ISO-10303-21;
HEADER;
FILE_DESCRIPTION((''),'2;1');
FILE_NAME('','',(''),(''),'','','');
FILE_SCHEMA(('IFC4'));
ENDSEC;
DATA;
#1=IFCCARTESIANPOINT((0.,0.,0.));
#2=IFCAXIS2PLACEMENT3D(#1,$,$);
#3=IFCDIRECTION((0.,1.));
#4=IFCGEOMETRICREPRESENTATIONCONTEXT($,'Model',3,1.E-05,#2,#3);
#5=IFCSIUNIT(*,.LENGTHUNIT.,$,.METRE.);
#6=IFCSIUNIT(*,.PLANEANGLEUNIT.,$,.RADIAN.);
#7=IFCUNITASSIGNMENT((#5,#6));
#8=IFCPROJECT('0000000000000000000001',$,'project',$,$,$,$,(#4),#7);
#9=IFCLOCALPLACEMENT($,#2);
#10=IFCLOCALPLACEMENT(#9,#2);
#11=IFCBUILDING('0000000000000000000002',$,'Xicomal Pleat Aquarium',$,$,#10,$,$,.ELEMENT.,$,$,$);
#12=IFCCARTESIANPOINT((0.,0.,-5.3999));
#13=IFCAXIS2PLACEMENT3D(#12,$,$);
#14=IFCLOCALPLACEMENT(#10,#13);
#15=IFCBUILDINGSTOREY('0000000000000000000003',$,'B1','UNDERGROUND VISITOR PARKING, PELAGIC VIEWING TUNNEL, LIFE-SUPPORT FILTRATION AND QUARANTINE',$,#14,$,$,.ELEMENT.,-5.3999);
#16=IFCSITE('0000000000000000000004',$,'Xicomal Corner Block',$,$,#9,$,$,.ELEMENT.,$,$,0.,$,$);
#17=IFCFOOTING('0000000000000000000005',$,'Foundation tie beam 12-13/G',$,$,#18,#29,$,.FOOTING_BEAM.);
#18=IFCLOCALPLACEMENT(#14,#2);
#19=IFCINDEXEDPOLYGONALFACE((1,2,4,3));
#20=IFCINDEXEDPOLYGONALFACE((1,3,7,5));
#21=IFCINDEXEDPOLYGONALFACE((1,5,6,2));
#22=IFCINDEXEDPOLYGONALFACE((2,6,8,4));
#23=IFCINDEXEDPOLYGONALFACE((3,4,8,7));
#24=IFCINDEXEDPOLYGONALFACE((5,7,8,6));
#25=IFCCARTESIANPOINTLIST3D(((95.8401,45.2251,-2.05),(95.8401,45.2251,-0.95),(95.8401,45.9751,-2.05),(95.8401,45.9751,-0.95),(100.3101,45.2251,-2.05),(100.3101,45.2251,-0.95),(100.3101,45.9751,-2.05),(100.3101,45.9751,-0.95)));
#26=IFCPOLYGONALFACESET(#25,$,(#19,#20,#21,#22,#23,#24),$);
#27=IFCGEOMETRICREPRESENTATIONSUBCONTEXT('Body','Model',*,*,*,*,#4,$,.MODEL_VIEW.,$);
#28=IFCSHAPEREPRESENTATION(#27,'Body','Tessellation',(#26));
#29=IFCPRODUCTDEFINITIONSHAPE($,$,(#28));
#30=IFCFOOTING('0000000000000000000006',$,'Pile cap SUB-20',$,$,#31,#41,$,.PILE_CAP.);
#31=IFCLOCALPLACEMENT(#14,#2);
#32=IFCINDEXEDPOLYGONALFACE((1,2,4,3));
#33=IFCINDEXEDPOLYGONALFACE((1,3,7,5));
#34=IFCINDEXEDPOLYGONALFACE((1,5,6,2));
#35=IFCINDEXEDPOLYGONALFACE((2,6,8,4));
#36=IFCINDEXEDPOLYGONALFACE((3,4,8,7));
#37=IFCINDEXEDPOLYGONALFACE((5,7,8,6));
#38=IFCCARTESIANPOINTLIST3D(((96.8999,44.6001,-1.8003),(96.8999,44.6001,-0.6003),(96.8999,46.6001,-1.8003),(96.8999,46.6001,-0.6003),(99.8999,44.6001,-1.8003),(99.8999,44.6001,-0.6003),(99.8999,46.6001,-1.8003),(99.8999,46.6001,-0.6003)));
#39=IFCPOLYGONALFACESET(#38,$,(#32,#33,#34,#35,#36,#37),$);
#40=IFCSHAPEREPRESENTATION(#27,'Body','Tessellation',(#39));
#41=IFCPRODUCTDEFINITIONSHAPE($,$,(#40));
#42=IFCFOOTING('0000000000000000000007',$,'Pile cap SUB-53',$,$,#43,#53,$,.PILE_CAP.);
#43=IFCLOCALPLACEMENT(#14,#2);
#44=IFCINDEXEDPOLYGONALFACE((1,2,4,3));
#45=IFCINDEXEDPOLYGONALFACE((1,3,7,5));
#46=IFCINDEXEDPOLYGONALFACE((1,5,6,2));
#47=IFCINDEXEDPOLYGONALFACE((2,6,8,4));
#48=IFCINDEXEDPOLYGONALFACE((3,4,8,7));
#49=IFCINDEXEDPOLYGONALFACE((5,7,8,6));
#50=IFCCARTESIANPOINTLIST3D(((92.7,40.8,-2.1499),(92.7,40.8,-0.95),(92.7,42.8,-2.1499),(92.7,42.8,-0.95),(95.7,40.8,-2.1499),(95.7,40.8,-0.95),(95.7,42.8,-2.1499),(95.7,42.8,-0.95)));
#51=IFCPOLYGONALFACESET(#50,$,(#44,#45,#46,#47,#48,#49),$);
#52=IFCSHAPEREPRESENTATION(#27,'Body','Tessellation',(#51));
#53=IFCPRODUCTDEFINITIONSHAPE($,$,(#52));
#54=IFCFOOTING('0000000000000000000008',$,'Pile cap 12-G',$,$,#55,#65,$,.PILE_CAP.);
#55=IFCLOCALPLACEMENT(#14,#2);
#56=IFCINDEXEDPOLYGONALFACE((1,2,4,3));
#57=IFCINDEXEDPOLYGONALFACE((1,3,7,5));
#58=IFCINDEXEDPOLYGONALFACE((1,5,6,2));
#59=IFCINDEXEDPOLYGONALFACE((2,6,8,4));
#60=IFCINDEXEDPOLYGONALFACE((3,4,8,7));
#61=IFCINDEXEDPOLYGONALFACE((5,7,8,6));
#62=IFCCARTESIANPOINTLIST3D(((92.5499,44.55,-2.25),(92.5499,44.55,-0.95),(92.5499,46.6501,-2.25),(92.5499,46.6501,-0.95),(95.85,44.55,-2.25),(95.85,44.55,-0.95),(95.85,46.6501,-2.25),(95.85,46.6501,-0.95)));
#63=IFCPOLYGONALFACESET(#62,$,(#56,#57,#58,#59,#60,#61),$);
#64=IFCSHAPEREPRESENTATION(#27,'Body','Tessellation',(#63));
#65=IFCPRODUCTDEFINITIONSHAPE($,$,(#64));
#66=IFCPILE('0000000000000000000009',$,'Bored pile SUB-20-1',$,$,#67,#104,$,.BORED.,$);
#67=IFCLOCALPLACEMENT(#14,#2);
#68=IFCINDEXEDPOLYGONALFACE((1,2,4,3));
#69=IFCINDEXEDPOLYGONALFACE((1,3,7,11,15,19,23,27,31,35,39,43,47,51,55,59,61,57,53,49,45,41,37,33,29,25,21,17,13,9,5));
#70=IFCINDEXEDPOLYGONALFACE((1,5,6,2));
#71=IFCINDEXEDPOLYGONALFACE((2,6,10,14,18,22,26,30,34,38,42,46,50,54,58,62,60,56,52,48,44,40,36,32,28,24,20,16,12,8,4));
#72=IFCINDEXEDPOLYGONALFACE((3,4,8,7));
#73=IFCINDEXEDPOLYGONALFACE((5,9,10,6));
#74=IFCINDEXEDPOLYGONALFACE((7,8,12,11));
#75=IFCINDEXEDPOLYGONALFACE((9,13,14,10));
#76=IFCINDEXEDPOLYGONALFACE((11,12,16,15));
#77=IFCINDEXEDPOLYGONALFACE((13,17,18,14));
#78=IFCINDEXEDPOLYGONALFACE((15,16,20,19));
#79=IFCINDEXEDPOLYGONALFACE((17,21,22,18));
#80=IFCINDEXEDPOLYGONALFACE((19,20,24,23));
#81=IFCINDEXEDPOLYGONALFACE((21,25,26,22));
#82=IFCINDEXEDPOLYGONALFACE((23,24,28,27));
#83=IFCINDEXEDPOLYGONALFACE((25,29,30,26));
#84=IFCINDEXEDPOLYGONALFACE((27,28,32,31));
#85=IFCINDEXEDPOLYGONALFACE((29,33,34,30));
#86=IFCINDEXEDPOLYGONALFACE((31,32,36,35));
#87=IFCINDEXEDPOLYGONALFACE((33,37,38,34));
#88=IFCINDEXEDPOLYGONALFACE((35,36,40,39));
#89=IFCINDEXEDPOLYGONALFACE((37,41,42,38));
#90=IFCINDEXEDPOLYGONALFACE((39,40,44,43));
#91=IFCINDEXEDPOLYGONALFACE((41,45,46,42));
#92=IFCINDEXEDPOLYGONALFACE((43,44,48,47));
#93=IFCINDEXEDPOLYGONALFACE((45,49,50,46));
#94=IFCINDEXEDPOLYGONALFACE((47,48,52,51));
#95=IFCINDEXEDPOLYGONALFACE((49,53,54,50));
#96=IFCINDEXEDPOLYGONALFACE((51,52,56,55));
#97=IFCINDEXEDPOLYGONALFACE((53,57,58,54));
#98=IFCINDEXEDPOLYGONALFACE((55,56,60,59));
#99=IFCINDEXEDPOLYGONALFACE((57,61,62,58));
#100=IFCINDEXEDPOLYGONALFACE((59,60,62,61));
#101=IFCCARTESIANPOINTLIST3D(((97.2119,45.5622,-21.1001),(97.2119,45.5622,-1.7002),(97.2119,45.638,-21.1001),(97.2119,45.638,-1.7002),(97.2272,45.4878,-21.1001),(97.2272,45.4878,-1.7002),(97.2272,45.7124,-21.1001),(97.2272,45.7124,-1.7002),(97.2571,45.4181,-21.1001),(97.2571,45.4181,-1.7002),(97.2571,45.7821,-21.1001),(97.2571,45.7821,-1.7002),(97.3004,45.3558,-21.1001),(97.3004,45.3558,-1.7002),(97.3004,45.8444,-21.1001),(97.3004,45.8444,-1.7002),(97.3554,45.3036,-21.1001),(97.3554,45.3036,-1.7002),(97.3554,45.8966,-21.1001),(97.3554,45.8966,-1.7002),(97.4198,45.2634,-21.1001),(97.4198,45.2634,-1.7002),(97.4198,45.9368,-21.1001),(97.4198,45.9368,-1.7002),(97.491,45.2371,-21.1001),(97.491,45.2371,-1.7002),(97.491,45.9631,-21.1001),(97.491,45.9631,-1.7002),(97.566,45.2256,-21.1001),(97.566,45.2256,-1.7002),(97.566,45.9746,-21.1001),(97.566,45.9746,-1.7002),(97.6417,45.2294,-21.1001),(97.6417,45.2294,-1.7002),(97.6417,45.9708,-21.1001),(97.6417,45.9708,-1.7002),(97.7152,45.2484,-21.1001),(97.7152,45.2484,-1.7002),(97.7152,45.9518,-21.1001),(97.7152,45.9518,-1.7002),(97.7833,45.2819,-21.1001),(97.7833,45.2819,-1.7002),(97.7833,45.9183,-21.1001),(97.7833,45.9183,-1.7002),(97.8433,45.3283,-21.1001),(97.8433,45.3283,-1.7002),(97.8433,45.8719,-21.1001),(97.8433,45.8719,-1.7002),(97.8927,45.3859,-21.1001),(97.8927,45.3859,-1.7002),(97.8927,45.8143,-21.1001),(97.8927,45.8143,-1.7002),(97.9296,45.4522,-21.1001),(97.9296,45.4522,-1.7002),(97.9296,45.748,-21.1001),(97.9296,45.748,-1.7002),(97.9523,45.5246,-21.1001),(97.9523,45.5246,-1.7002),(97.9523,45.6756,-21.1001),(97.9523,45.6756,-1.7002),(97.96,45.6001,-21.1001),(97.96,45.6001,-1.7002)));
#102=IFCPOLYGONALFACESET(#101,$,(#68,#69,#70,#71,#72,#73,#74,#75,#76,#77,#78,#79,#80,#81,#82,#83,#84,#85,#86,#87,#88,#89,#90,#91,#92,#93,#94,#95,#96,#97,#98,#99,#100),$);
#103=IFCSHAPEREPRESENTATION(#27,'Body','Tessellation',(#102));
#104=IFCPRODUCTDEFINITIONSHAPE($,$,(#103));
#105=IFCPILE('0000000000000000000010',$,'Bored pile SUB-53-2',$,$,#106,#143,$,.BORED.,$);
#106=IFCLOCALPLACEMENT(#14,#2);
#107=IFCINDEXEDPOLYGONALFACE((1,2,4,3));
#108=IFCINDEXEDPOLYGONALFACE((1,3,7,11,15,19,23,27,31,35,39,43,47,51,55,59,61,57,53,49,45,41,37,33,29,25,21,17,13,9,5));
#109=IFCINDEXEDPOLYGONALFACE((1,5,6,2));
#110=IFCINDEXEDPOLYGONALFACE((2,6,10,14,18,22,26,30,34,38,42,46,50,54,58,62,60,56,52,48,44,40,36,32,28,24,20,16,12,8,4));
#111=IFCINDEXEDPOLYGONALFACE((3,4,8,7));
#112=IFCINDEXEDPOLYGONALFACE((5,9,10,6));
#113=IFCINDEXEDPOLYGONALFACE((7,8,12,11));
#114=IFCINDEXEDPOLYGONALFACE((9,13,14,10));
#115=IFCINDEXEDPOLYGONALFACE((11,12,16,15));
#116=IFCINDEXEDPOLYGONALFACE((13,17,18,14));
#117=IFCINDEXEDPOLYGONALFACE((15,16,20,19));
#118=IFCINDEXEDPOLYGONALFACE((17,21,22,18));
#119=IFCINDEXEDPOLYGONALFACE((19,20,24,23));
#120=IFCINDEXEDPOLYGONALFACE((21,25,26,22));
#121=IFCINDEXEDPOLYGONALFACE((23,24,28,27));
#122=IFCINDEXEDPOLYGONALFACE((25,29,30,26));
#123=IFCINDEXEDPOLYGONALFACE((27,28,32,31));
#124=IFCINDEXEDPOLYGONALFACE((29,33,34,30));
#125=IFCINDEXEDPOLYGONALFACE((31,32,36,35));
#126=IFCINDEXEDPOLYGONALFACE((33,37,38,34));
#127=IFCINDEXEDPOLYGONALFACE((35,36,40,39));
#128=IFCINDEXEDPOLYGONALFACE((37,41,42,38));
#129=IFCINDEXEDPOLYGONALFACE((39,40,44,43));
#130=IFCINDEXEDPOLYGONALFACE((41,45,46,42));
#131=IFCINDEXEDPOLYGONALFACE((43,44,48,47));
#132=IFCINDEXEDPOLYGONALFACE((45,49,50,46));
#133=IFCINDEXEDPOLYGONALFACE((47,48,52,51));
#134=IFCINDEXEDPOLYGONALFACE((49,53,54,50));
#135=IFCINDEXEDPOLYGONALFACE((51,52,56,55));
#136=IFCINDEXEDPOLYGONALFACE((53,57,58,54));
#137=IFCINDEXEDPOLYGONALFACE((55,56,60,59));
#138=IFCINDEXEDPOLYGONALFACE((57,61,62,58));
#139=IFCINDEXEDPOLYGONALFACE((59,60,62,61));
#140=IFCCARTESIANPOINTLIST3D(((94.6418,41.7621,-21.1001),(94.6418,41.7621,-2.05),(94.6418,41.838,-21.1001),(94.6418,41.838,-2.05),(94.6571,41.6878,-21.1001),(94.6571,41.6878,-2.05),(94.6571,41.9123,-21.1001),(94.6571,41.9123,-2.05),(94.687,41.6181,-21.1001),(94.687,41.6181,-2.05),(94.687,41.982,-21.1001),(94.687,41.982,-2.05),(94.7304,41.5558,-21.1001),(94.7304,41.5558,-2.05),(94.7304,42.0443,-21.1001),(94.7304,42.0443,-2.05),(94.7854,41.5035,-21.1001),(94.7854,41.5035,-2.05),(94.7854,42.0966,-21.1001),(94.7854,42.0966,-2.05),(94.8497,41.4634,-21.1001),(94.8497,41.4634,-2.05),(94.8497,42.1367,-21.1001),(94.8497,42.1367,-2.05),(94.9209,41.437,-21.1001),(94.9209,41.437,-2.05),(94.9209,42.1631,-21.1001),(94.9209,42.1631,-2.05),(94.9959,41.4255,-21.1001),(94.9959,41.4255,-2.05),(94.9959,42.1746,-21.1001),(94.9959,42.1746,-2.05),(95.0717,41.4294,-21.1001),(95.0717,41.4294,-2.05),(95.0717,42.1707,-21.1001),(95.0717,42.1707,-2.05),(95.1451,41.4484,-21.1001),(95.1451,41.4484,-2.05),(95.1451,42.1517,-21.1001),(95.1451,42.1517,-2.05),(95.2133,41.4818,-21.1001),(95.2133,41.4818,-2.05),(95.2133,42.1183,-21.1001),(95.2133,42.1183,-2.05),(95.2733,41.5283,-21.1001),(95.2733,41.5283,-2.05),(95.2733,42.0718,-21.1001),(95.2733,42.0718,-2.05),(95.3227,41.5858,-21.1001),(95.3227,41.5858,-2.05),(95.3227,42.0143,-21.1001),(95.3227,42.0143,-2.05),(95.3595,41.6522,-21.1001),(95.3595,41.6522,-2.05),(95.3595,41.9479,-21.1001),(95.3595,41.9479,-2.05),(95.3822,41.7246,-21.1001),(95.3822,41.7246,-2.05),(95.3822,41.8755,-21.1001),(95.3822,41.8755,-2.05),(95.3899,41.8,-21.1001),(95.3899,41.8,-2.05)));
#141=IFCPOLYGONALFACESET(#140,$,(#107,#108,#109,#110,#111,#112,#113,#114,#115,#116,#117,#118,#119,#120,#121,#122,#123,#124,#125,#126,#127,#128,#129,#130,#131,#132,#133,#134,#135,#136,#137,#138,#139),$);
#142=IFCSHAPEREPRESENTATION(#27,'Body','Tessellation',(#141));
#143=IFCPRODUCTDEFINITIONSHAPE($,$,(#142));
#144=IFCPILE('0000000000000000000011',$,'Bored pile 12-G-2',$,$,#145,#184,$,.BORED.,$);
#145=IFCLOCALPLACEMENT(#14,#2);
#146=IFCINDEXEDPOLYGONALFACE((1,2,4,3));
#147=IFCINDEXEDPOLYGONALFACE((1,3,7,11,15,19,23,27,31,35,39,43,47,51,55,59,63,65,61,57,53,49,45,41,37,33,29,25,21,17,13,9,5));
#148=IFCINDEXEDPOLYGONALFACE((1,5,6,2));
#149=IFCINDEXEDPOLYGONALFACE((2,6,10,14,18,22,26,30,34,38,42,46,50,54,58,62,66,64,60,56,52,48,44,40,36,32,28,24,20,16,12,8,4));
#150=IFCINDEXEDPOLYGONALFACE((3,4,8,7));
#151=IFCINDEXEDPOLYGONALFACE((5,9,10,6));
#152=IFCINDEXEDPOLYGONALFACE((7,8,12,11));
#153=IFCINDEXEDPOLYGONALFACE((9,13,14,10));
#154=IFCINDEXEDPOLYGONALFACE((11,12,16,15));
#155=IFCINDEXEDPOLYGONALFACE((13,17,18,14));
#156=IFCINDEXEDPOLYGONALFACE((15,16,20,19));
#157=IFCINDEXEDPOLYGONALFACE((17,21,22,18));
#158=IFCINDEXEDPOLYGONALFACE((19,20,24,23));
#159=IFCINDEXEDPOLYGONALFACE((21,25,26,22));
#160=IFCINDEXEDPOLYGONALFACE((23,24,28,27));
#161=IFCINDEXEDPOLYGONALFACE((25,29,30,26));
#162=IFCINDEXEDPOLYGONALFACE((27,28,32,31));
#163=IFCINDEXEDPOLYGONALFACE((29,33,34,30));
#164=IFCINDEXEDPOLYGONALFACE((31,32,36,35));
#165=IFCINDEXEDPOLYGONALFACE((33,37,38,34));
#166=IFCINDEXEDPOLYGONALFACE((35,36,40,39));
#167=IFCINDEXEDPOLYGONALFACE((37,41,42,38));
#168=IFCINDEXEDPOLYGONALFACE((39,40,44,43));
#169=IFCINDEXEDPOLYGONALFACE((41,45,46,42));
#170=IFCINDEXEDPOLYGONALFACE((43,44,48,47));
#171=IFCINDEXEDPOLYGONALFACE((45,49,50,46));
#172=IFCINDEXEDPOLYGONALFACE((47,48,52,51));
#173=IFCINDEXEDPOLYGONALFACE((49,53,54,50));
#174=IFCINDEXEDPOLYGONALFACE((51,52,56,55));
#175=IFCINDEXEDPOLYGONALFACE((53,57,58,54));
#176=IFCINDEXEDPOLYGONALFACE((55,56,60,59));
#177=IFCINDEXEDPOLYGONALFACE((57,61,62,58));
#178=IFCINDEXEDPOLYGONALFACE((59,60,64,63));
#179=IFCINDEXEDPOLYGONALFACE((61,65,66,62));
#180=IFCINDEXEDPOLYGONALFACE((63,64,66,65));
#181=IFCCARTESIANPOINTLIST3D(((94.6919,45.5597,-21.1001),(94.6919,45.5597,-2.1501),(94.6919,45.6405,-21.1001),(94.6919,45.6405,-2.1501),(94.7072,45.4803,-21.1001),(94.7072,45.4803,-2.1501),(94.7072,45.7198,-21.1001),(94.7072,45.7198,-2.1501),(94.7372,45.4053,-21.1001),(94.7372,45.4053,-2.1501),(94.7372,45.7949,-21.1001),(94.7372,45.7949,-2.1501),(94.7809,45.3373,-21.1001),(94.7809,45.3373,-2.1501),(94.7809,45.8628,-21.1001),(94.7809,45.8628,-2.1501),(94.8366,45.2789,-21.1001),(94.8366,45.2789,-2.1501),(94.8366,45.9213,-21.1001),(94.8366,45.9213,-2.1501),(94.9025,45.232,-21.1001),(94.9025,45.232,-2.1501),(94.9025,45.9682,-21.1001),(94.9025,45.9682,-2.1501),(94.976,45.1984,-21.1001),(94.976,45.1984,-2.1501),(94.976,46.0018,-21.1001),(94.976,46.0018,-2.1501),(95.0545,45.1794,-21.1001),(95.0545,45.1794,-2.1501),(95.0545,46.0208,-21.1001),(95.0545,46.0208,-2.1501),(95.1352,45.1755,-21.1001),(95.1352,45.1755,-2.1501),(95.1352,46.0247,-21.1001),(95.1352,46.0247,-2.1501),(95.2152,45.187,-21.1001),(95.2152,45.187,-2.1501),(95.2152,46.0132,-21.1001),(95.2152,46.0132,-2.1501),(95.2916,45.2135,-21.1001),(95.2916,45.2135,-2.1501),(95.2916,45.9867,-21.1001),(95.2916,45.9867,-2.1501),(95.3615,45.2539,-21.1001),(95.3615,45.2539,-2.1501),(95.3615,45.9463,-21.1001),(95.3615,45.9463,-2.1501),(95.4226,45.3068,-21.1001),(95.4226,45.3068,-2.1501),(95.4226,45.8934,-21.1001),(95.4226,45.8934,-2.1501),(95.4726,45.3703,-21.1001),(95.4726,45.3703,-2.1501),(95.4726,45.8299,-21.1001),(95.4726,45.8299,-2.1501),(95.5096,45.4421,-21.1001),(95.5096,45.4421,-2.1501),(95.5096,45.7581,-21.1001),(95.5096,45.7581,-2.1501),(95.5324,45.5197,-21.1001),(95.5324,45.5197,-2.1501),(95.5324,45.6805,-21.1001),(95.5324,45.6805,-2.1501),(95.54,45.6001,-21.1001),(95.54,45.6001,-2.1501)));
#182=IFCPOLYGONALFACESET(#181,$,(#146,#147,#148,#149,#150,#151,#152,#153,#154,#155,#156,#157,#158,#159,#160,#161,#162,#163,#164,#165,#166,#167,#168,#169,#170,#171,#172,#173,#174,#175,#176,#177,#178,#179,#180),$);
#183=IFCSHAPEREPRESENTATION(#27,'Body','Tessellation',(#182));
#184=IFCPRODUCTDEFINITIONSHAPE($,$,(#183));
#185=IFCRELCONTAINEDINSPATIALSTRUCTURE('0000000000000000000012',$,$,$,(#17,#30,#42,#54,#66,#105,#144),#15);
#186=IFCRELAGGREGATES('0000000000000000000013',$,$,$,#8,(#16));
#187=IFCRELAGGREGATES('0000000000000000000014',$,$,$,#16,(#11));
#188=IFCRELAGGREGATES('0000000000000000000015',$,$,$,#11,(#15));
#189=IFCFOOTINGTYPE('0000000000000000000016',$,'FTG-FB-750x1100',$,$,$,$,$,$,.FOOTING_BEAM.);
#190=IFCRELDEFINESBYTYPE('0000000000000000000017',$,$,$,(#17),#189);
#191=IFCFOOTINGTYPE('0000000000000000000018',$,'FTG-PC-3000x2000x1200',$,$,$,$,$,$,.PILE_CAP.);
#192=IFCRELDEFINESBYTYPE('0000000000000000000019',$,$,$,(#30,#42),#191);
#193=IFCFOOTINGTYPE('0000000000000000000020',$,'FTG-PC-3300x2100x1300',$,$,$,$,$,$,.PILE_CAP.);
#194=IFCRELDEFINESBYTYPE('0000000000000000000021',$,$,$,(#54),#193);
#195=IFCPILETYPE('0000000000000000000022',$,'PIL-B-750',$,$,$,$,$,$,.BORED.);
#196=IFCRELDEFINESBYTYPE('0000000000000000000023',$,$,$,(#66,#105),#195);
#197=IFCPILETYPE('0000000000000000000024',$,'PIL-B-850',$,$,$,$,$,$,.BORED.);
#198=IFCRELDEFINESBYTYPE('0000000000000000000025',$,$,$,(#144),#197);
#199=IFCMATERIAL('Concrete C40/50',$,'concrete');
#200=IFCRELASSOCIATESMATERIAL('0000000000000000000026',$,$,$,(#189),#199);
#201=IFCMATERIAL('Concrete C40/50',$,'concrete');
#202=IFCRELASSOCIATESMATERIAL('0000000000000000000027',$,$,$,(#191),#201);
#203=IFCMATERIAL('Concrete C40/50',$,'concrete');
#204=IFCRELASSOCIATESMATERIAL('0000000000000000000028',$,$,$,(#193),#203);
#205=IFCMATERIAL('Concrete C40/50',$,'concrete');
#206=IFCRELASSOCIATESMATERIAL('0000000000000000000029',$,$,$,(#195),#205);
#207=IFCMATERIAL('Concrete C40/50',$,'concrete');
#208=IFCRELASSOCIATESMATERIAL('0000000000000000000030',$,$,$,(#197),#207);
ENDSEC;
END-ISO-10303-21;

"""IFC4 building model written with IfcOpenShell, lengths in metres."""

from ifc_helpers import new_model, si_unit, direction, frame, origin, origin_2d, place, context, subcontext, project, spatial, rectangle, circle, extrude, material, material_profile, profile_set, type_object, element, save


model = new_model("IFC4")

# Units and contexts
model_context = context("Model", 3, precision=1e-05, world=origin(), true_north=direction((0.0, 1.0)))
body_context = subcontext(model_context, "Body", "Model", "MODEL_VIEW")
ifc_project = project(units=[si_unit("LENGTHUNIT", "METRE"), si_unit("PLANEANGLEUNIT", "RADIAN")], contexts=[model_context])

# Site, building, storey
site_placement = place(None, origin())
site = spatial("IfcSite", under=ifc_project, at=site_placement, Name="Xicomal Corner Block", CompositionType="ELEMENT", RefElevation=0.0)
building_placement = place(site_placement, origin())
building = spatial("IfcBuilding", under=site, at=building_placement, Name="Xicomal Pleat Aquarium", CompositionType="ELEMENT")
storey_placement = place(building_placement, frame((0.0, 0.0, -5.3999)))
storey = spatial("IfcBuildingStorey", under=building, at=storey_placement, Name="B1", Description="UNDERGROUND VISITOR PARKING, PELAGIC VIEWING TUNNEL, LIFE-SUPPORT FILTRATION AND QUARANTINE", CompositionType="ELEMENT", Elevation=-5.3999)

# Footings
ifc_material_1 = material(Name="Concrete C40/50", Category="concrete")
ifc_material_profile_1 = material_profile(ifc_material_1, rectangle(XDim=0.75, YDim=1.1001, at=origin_2d()), Name="FB-04 750x1100")
ifc_profile_set_1 = profile_set([ifc_material_profile_1], Name="Concrete C40/50")
footing_type_1 = type_object("IfcFootingType", Name="FTG-FB-750x1100", PredefinedType="FOOTING_BEAM", material=ifc_profile_set_1)
footing_1_placement = place(storey_placement, frame((95.8401, 45.6001, -1.5), z_axis=(1.0, 0.0, 0.0), x_axis=(0.0, 1.0, 0.0)))
element("IfcFooting", 1, at=footing_1_placement, inside=storey, type_object=footing_type_1, Name="Foundation tie beam 12-13/G", PredefinedType="FOOTING_BEAM", context=body_context, shape_type="SweptSolid", body=[
    extrude(rectangle(XDim=0.75, YDim=1.1001, at=origin_2d()), origin(), (0.0, 0.0, 1.0), 4.47),
])
ifc_material_2 = material(Name="Concrete C40/50", Category="concrete")
footing_type_2 = type_object("IfcFootingType", Name="FTG-PC-3000x2000x1200", PredefinedType="PILE_CAP", material=ifc_material_2)
for number, where, z_axis, x_axis, name in (
    (2, (98.3999, 45.6001, -1.8003), (0.0, 0.0, 1.0), (1.0, 0.0, 0.0), "Pile cap SUB-20"),
    (3, (94.2, 41.8, -2.1499), (0.0, 0.0, 1.0), (1.0, 0.0, 0.0), "Pile cap SUB-53"),
):
    element("IfcFooting", number, at=place(storey_placement, frame(where, z_axis=z_axis, x_axis=x_axis)), inside=storey, type_object=footing_type_2, Name=name, PredefinedType="PILE_CAP", context=body_context, shape_type="SweptSolid", body=[
        extrude(rectangle(XDim=3.0, YDim=2.0, at=origin_2d()), origin(), (0.0, 0.0, 1.0), 1.2),
    ])
ifc_material_3 = material(Name="Concrete C40/50", Category="concrete")
footing_type_3 = type_object("IfcFootingType", Name="FTG-PC-3300x2100x1300", PredefinedType="PILE_CAP", material=ifc_material_3)
footing_2_placement = place(storey_placement, frame((94.2, 45.6001, -2.25), z_axis=(0.0, 0.0, 1.0), x_axis=(1.0, 0.0, 0.0)))
element("IfcFooting", 4, at=footing_2_placement, inside=storey, type_object=footing_type_3, Name="Pile cap 12-G", PredefinedType="PILE_CAP", context=body_context, shape_type="SweptSolid", body=[
    extrude(rectangle(XDim=3.3, YDim=2.1001, at=origin_2d()), origin(), (0.0, 0.0, 1.0), 1.3),
])

# Piles
ifc_material_4 = material(Name="Concrete C40/50", Category="concrete")
ifc_material_profile_2 = material_profile(ifc_material_4, circle(Radius=0.375, at=origin_2d()), Name="BORED PILE D750")
ifc_profile_set_2 = profile_set([ifc_material_profile_2], Name="Concrete C40/50")
pile_type_1 = type_object("IfcPileType", Name="PIL-B-750", PredefinedType="BORED", material=ifc_profile_set_2)
pile_1_placement = place(storey_placement, frame((97.585, 45.6001, -1.7002), z_axis=(0.0, 0.0, -1.0), x_axis=(1.0, 0.0, 0.0)))
element("IfcPile", 5, at=pile_1_placement, inside=storey, type_object=pile_type_1, Name="Bored pile SUB-20-1", PredefinedType="BORED", context=body_context, shape_type="SweptSolid", body=[
    extrude(circle(Radius=0.375, at=origin_2d()), origin(), (0.0, 0.0, 1.0), 19.3999),
])
pile_2_placement = place(storey_placement, frame((95.0149, 41.8, -2.05), z_axis=(0.0, 0.0, -1.0), x_axis=(1.0, 0.0, 0.0)))
element("IfcPile", 6, at=pile_2_placement, inside=storey, type_object=pile_type_1, Name="Bored pile SUB-53-2", PredefinedType="BORED", context=body_context, shape_type="SweptSolid", body=[
    extrude(circle(Radius=0.375, at=origin_2d()), origin(), (0.0, 0.0, 1.0), 19.05),
])
ifc_material_5 = material(Name="Concrete C40/50", Category="concrete")
ifc_material_profile_3 = material_profile(ifc_material_5, circle(Radius=0.425, at=origin_2d()), Name="BORED PILE D850")
ifc_profile_set_3 = profile_set([ifc_material_profile_3], Name="Concrete C40/50")
pile_type_2 = type_object("IfcPileType", Name="PIL-B-850", PredefinedType="BORED", material=ifc_profile_set_3)
pile_3_placement = place(storey_placement, frame((95.115, 45.6001, -2.1501), z_axis=(0.0, 0.0, -1.0), x_axis=(1.0, 0.0, 0.0)))
element("IfcPile", 7, at=pile_3_placement, inside=storey, type_object=pile_type_2, Name="Bored pile 12-G-2", PredefinedType="BORED", context=body_context, shape_type="SweptSolid", body=[
    extrude(circle(Radius=0.425, at=origin_2d()), origin(), (0.0, 0.0, 1.0), 18.95),
])

save(model, "model.ifc")
